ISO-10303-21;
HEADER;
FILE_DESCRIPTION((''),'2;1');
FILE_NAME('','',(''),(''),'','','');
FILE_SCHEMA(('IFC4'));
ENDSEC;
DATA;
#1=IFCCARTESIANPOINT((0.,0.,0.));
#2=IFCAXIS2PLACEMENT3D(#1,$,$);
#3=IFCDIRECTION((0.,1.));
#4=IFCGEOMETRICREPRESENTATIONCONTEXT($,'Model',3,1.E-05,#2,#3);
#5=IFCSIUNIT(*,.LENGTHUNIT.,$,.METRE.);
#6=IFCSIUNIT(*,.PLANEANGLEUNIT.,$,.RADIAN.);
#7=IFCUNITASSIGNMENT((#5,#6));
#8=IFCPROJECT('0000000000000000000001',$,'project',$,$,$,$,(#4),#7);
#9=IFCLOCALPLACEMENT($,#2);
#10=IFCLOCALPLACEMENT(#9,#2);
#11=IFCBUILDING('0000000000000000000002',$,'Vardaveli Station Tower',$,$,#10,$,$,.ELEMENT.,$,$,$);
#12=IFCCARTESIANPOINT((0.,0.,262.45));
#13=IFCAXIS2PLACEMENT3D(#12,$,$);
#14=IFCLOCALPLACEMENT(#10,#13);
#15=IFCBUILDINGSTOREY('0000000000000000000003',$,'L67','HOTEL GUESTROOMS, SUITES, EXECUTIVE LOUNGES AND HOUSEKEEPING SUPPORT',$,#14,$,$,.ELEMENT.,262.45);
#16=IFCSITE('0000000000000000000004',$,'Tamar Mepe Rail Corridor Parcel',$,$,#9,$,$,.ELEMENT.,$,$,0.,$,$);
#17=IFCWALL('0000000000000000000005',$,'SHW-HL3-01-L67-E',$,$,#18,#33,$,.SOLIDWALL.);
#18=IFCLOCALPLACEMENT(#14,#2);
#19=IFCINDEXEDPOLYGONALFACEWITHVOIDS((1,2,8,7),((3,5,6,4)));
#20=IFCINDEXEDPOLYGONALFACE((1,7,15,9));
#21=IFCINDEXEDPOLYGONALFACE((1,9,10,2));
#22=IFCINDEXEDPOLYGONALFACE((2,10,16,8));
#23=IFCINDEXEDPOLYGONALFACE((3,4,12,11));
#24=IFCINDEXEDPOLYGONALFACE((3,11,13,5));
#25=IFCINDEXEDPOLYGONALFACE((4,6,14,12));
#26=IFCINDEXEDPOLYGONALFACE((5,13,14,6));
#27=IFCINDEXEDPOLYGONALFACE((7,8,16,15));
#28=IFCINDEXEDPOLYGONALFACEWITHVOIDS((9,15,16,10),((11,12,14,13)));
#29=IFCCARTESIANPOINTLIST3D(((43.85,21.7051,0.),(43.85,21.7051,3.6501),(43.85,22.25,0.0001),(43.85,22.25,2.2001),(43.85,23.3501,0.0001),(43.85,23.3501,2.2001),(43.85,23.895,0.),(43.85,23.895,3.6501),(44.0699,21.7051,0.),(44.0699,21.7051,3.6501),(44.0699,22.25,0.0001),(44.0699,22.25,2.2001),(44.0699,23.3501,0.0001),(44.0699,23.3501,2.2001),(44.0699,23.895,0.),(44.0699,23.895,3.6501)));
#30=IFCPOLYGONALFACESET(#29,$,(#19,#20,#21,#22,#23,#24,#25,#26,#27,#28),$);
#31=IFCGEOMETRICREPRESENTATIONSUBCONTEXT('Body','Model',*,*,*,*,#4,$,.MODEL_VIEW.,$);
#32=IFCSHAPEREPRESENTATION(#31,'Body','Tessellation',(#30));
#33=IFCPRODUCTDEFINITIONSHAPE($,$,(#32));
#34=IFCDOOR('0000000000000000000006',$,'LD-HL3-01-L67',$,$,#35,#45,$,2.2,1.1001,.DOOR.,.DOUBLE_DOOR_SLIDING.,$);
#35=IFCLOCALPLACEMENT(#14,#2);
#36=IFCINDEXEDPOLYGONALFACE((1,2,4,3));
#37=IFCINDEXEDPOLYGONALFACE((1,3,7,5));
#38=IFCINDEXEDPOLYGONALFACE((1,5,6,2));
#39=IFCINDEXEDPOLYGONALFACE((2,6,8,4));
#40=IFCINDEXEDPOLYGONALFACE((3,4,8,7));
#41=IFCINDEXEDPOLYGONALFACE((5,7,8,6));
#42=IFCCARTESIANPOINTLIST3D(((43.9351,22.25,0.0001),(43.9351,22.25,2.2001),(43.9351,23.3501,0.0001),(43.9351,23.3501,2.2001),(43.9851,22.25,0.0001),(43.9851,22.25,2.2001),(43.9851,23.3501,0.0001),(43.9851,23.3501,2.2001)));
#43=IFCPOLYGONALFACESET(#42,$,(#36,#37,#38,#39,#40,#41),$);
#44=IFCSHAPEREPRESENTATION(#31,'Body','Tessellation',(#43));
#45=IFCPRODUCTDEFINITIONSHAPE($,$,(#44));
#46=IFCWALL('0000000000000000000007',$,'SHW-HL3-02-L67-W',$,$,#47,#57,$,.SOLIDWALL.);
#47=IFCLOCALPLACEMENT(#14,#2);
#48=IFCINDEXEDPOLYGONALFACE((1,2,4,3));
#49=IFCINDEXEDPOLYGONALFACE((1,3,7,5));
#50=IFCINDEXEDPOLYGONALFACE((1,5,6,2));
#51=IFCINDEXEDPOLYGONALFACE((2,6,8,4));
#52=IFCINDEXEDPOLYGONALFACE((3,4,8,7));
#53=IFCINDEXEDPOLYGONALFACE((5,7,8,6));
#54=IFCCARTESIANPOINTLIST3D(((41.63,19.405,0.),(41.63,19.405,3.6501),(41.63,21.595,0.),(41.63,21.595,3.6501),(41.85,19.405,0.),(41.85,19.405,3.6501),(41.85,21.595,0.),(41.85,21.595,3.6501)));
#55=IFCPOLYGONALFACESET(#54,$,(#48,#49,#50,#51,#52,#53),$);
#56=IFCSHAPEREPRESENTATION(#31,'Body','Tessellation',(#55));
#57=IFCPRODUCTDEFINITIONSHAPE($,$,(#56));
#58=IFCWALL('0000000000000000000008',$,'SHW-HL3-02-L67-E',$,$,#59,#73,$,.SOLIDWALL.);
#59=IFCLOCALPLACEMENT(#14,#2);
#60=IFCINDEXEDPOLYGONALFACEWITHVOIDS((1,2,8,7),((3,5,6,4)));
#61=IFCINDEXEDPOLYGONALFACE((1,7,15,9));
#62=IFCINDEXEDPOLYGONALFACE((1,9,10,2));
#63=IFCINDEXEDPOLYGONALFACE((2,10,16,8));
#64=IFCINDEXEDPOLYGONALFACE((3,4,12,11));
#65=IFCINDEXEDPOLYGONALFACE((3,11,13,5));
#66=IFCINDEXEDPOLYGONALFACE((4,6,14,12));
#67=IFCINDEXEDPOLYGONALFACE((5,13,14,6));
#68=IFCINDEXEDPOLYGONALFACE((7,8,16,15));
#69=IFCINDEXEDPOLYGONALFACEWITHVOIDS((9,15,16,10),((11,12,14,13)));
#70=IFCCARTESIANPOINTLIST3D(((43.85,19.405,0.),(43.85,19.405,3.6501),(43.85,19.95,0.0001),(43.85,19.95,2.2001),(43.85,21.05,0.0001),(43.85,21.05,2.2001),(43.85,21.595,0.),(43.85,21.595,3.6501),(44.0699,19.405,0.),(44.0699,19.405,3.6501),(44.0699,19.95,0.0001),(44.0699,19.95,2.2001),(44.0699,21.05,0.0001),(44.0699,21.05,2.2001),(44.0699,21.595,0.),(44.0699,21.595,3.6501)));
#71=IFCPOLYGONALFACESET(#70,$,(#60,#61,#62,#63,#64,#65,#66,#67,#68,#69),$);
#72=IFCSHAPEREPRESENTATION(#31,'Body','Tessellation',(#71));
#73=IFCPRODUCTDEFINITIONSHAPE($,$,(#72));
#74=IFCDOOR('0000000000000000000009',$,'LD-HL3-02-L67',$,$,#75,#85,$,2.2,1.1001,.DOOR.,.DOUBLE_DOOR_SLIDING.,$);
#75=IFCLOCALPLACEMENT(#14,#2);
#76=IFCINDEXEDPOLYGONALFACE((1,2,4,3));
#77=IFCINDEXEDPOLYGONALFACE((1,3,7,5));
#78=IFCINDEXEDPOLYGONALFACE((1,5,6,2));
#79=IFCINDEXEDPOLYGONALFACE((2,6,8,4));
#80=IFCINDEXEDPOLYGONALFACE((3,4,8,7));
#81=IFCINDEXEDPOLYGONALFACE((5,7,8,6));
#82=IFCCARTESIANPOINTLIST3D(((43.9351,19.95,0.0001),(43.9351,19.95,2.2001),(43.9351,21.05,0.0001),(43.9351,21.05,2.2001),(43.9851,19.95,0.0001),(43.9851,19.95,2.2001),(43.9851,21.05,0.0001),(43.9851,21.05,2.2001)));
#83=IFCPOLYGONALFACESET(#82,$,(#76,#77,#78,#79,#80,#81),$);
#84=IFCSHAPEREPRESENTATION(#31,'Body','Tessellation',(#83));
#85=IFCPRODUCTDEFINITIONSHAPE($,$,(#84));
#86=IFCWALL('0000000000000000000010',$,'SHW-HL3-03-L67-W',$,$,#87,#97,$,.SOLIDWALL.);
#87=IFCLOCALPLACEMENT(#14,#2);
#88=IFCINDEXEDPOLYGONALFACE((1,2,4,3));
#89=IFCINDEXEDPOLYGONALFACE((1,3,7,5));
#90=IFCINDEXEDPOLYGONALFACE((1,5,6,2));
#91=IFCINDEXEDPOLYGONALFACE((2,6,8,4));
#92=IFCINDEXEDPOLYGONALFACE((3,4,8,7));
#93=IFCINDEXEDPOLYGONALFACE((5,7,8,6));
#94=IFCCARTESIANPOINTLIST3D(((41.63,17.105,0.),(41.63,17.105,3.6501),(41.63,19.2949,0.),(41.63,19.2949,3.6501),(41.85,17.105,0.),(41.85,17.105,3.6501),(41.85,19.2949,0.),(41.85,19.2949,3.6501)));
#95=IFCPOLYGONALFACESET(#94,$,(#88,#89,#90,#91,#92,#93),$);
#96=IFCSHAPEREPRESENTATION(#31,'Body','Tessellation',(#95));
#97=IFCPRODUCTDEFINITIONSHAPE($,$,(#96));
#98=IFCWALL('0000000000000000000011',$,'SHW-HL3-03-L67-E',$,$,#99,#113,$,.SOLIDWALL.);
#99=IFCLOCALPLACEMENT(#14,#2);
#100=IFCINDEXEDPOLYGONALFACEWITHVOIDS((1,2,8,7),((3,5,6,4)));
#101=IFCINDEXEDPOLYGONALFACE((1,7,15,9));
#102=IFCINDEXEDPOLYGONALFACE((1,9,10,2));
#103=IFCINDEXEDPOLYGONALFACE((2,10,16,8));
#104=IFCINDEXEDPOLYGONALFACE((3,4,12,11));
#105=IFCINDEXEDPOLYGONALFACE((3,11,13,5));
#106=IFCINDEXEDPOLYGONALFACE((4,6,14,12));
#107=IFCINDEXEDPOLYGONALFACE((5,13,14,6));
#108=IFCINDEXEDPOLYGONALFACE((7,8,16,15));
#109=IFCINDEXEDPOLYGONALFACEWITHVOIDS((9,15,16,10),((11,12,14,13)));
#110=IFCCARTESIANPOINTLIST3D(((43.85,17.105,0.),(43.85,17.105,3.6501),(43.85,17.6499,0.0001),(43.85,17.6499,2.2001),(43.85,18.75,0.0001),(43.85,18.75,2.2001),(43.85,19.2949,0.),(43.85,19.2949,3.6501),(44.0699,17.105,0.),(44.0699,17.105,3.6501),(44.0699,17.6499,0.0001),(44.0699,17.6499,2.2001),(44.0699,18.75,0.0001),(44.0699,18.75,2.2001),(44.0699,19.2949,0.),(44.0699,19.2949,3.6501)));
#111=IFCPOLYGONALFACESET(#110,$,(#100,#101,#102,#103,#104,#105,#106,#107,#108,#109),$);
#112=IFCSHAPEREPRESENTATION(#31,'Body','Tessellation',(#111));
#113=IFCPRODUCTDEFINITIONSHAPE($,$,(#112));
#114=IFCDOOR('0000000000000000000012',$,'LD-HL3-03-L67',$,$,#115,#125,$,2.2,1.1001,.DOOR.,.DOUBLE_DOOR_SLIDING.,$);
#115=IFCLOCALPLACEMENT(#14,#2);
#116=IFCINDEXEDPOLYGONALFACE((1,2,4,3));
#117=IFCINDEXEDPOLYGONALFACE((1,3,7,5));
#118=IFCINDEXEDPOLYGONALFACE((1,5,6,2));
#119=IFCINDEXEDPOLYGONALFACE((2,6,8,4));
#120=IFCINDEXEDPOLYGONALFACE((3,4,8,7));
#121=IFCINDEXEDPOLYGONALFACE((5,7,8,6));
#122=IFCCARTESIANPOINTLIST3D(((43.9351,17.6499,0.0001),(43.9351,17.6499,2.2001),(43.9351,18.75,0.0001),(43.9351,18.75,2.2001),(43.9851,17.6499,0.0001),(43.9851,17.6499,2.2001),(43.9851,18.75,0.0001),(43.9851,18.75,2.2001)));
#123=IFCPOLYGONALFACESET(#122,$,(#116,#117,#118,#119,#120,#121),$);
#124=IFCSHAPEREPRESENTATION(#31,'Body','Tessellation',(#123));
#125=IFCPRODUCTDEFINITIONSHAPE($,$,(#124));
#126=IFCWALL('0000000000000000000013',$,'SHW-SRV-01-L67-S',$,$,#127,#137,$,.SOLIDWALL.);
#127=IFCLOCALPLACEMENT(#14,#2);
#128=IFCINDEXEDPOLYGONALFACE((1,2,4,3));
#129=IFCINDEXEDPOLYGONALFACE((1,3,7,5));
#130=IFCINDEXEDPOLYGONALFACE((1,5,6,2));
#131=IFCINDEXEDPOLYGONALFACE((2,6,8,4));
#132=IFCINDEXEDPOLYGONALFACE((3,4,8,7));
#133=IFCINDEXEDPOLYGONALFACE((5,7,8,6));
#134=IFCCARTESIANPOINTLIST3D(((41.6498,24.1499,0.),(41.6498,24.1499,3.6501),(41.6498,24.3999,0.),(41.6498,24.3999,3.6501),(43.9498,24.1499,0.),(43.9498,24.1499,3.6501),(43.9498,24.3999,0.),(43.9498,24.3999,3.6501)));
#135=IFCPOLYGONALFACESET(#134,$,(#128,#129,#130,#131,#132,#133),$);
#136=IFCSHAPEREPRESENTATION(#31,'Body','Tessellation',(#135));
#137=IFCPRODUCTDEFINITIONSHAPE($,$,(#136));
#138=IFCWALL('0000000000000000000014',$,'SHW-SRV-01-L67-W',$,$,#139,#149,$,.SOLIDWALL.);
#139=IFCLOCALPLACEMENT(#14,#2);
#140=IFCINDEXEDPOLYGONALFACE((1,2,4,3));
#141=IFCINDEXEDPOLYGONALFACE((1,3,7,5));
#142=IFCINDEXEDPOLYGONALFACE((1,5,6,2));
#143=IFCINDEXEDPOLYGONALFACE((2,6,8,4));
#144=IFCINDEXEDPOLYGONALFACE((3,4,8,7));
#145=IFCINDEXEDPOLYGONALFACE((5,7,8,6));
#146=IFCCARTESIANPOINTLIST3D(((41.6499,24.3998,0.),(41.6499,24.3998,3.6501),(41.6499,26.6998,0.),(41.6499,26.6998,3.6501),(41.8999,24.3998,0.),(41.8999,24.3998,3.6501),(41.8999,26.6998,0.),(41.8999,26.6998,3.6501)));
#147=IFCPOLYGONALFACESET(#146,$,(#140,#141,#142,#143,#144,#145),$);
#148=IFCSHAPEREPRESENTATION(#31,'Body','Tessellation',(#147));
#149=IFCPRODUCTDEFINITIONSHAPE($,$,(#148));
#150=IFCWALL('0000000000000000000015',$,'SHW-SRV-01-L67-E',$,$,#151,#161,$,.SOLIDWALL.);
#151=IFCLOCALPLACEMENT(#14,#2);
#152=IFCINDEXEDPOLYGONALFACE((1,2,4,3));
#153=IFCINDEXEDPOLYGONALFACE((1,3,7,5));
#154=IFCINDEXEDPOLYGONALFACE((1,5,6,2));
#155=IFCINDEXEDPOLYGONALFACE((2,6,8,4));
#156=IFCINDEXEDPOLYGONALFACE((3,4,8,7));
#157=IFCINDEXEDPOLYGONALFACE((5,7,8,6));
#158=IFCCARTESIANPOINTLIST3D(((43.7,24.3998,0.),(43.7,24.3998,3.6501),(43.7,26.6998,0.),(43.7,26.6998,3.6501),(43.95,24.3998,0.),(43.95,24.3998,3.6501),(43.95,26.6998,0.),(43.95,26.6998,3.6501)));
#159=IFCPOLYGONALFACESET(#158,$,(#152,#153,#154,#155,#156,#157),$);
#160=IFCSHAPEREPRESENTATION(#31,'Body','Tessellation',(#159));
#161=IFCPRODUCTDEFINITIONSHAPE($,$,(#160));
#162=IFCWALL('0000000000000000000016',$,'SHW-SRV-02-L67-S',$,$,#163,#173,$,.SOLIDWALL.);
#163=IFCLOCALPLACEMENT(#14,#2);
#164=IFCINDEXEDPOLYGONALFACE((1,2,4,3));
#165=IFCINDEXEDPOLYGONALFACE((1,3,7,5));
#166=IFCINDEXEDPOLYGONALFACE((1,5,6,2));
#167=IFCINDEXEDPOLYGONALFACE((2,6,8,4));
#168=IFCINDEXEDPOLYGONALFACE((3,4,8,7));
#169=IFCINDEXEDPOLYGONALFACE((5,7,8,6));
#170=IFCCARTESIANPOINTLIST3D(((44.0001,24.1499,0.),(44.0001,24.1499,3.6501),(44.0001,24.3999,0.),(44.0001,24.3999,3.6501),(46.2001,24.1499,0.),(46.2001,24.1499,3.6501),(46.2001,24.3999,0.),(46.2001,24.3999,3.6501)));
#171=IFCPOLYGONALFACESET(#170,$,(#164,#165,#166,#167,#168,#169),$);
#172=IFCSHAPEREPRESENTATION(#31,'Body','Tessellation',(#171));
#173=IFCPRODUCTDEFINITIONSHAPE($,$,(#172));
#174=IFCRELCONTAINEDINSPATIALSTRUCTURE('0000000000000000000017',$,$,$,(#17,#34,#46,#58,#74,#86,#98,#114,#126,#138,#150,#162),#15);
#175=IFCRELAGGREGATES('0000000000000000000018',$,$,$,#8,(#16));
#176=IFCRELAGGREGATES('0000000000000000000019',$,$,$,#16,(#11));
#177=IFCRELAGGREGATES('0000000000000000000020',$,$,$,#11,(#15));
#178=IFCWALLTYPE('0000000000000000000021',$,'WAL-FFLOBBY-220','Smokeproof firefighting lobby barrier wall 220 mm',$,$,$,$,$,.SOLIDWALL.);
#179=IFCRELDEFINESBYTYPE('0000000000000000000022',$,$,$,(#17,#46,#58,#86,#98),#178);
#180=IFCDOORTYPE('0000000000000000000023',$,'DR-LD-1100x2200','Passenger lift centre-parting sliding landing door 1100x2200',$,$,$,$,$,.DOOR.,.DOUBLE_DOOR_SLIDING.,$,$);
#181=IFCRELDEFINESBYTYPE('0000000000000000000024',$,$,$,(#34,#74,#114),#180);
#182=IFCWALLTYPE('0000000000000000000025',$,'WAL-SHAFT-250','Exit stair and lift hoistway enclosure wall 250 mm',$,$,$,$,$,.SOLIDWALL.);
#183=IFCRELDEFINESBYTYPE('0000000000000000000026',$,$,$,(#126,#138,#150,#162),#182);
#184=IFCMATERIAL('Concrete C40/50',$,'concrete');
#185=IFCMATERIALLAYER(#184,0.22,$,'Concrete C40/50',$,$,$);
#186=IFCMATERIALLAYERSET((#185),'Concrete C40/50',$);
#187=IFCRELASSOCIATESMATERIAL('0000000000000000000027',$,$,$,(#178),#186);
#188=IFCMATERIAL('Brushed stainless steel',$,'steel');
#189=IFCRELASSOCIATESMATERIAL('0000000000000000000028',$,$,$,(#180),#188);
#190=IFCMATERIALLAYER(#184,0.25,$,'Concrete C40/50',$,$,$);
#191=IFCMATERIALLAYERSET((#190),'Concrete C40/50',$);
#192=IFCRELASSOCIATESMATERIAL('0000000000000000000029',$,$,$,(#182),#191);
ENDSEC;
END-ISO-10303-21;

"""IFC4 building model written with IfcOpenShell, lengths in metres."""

from ifc_helpers import new_model, si_unit, direction, frame, frame_2d, origin, place, context, subcontext, project, spatial, rectangle, extrude, source, transform, mapped, material, layer, layer_set, type_object, element, fill, save


model = new_model("IFC4")

# Units and contexts
model_context = context("Model", 3, precision=1e-05, world=origin(), true_north=direction((0.0, 1.0)))
body_context = subcontext(model_context, "Body", "Model", "MODEL_VIEW")
ifc_project = project(units=[si_unit("LENGTHUNIT", "METRE"), si_unit("PLANEANGLEUNIT", "RADIAN")], contexts=[model_context])

# Site, building, storey
site_placement = place(None, origin())
site = spatial("IfcSite", under=ifc_project, at=site_placement, Name="Tamar Mepe Rail Corridor Parcel", CompositionType="ELEMENT", RefElevation=0.0)
building_placement = place(site_placement, origin())
building = spatial("IfcBuilding", under=site, at=building_placement, Name="Vardaveli Station Tower", CompositionType="ELEMENT")
storey_placement = place(building_placement, frame((0.0, 0.0, 262.45)))
storey = spatial("IfcBuildingStorey", under=building, at=storey_placement, Name="L67", Description="HOTEL GUESTROOMS, SUITES, EXECUTIVE LOUNGES AND HOUSEKEEPING SUPPORT", CompositionType="ELEMENT", Elevation=262.45)

# Shared definitions
ifc_material_1 = material(Name="Concrete C40/50", Category="concrete")
ifc_layer_1 = layer(ifc_material_1, 0.22, Name="Concrete C40/50")
ifc_layer_set_1 = layer_set([ifc_layer_1], Name="Concrete C40/50")
wall_type_1 = type_object("IfcWallType", Name="WAL-FFLOBBY-220", Description="Smokeproof firefighting lobby barrier wall 220 mm", PredefinedType="SOLIDWALL", material=ifc_layer_set_1)
shared_shape_1 = source(origin(), body_context, "Body", "SweptSolid", [
    extrude(rectangle(XDim=2.1899, YDim=0.22, at=frame_2d((1.095, 0.0))), origin(), (0.0, 0.0, 1.0), 3.6501),
])

# Wall, opening, door
wall_1_placement = place(storey_placement, frame((43.96, 21.7051, 0.0), z_axis=(0.0, 0.0, 1.0), x_axis=(0.0, 1.0, 0.0)))
wall_1 = element("IfcWall", 1, at=wall_1_placement, inside=storey, type_object=wall_type_1, Name="SHW-HL3-01-L67-E", PredefinedType="SOLIDWALL", context=body_context, shape_type="MappedRepresentation", body=[
    mapped(shared_shape_1, transform((0.0, 0.0, 0.0), scale=1.0)),
])
shared_shape_2 = source(origin(), body_context, "Body", "SweptSolid", [
    extrude(rectangle(XDim=1.1001, YDim=2.2, at=frame_2d((0.55, 1.1001))), frame((0.0, 0.1201, 0.0), z_axis=(0.0, -1.0, 0.0), x_axis=(1.0, 0.0, 0.0)), (0.0, 0.0, 1.0), 0.24),
])
opening_1_placement = place(wall_1_placement, frame((0.5449, 0.0, 0.0)))
opening_1 = element("IfcOpeningElement", 2, at=opening_1_placement, cuts=wall_1, PredefinedType="OPENING", context=body_context, shape_type="MappedRepresentation", body=[
    mapped(shared_shape_2, transform((0.0, 0.0, 0.0), scale=1.0)),
])
ifc_material_2 = material(Name="Brushed stainless steel", Category="steel")
door_type = type_object("IfcDoorType", Name="DR-LD-1100x2200", Description="Passenger lift centre-parting sliding landing door 1100x2200", OperationType="DOUBLE_DOOR_SLIDING", PredefinedType="DOOR", material=ifc_material_2)
shared_shape_3 = source(origin(), body_context, "Body", "SweptSolid", [
    extrude(rectangle(XDim=1.1001, YDim=2.2, at=frame_2d((0.55, 1.1001))), frame((0.0, 0.0249, 0.0), z_axis=(0.0, -1.0, 0.0), x_axis=(1.0, 0.0, 0.0)), (0.0, 0.0, 1.0), 0.05),
])
door_1_placement = place(opening_1_placement, origin())
door_1 = element("IfcDoor", 3, at=door_1_placement, inside=storey, type_object=door_type, Name="LD-HL3-01-L67", OperationType="DOUBLE_DOOR_SLIDING", OverallHeight=2.2, OverallWidth=1.1001, PredefinedType="DOOR", context=body_context, shape_type="MappedRepresentation", body=[
    mapped(shared_shape_3, transform((0.0, 0.0, 0.0), scale=1.0)),
])
fill(opening_1, door_1)

# Wall
wall_2_placement = place(storey_placement, frame((41.74, 19.405, 0.0), z_axis=(0.0, 0.0, 1.0), x_axis=(0.0, 1.0, 0.0)))
element("IfcWall", 4, at=wall_2_placement, inside=storey, type_object=wall_type_1, Name="SHW-HL3-02-L67-W", PredefinedType="SOLIDWALL", context=body_context, shape_type="MappedRepresentation", body=[
    mapped(shared_shape_1, transform((0.0, 0.0, 0.0), scale=1.0)),
])

# Wall, opening, door
wall_3_placement = place(storey_placement, frame((43.96, 19.405, 0.0), z_axis=(0.0, 0.0, 1.0), x_axis=(0.0, 1.0, 0.0)))
wall_3 = element("IfcWall", 5, at=wall_3_placement, inside=storey, type_object=wall_type_1, Name="SHW-HL3-02-L67-E", PredefinedType="SOLIDWALL", context=body_context, shape_type="MappedRepresentation", body=[
    mapped(shared_shape_1, transform((0.0, 0.0, 0.0), scale=1.0)),
])
opening_2_placement = place(wall_3_placement, frame((0.5449, 0.0, 0.0)))
opening_2 = element("IfcOpeningElement", 6, at=opening_2_placement, cuts=wall_3, PredefinedType="OPENING", context=body_context, shape_type="MappedRepresentation", body=[
    mapped(shared_shape_2, transform((0.0, 0.0, 0.0), scale=1.0)),
])
door_2_placement = place(opening_2_placement, origin())
door_2 = element("IfcDoor", 7, at=door_2_placement, inside=storey, type_object=door_type, Name="LD-HL3-02-L67", OperationType="DOUBLE_DOOR_SLIDING", OverallHeight=2.2, OverallWidth=1.1001, PredefinedType="DOOR", context=body_context, shape_type="MappedRepresentation", body=[
    mapped(shared_shape_3, transform((0.0, 0.0, 0.0), scale=1.0)),
])
fill(opening_2, door_2)

# Wall
wall_4_placement = place(storey_placement, frame((41.74, 17.105, 0.0), z_axis=(0.0, 0.0, 1.0), x_axis=(0.0, 1.0, 0.0)))
element("IfcWall", 8, at=wall_4_placement, inside=storey, type_object=wall_type_1, Name="SHW-HL3-03-L67-W", PredefinedType="SOLIDWALL", context=body_context, shape_type="MappedRepresentation", body=[
    mapped(shared_shape_1, transform((0.0, 0.0, 0.0), scale=1.0)),
])

# Wall, opening, door
wall_5_placement = place(storey_placement, frame((43.96, 17.105, 0.0), z_axis=(0.0, 0.0, 1.0), x_axis=(0.0, 1.0, 0.0)))
wall_5 = element("IfcWall", 9, at=wall_5_placement, inside=storey, type_object=wall_type_1, Name="SHW-HL3-03-L67-E", PredefinedType="SOLIDWALL", context=body_context, shape_type="MappedRepresentation", body=[
    mapped(shared_shape_1, transform((0.0, 0.0, 0.0), scale=1.0)),
])
opening_3_placement = place(wall_5_placement, frame((0.5449, 0.0, 0.0)))
opening_3 = element("IfcOpeningElement", 10, at=opening_3_placement, cuts=wall_5, PredefinedType="OPENING", context=body_context, shape_type="MappedRepresentation", body=[
    mapped(shared_shape_2, transform((0.0, 0.0, 0.0), scale=1.0)),
])
door_3_placement = place(opening_3_placement, origin())
door_3 = element("IfcDoor", 11, at=door_3_placement, inside=storey, type_object=door_type, Name="LD-HL3-03-L67", OperationType="DOUBLE_DOOR_SLIDING", OverallHeight=2.2, OverallWidth=1.1001, PredefinedType="DOOR", context=body_context, shape_type="MappedRepresentation", body=[
    mapped(shared_shape_3, transform((0.0, 0.0, 0.0), scale=1.0)),
])
fill(opening_3, door_3)

# Walls
ifc_layer_2 = layer(ifc_material_1, 0.25, Name="Concrete C40/50")
ifc_layer_set_2 = layer_set([ifc_layer_2], Name="Concrete C40/50")
wall_type_2 = type_object("IfcWallType", Name="WAL-SHAFT-250", Description="Exit stair and lift hoistway enclosure wall 250 mm", PredefinedType="SOLIDWALL", material=ifc_layer_set_2)
shared_shape_4 = source(origin(), body_context, "Body", "SweptSolid", [
    extrude(rectangle(XDim=2.3, YDim=0.25, at=frame_2d((1.1499, 0.0))), origin(), (0.0, 0.0, 1.0), 3.6501),
])
for number, where, z_axis, x_axis, name in (
    (12, (41.6499, 24.2749, 0.0), (0.0, 0.0, 1.0), (1.0, 0.0, 0.0), "SHW-SRV-01-L67-S"),
    (13, (41.7749, 24.3999, 0.0), (0.0, 0.0, 1.0), (0.0, 1.0, 0.0), "SHW-SRV-01-L67-W"),
    (14, (43.825, 24.3999, 0.0), (0.0, 0.0, 1.0), (0.0, 1.0, 0.0), "SHW-SRV-01-L67-E"),
):
    element("IfcWall", number, at=place(storey_placement, frame(where, z_axis=z_axis, x_axis=x_axis)), inside=storey, type_object=wall_type_2, Name=name, PredefinedType="SOLIDWALL", context=body_context, shape_type="MappedRepresentation", body=[
        mapped(shared_shape_4, transform((0.0, 0.0, 0.0), scale=1.0)),
    ])
shared_shape_5 = source(origin(), body_context, "Body", "SweptSolid", [
    extrude(rectangle(XDim=2.2, YDim=0.25, at=frame_2d((1.1001, 0.0))), origin(), (0.0, 0.0, 1.0), 3.6501),
])
wall_6_placement = place(storey_placement, frame((44.0, 24.2749, 0.0), z_axis=(0.0, 0.0, 1.0), x_axis=(1.0, 0.0, 0.0)))
element("IfcWall", 15, at=wall_6_placement, inside=storey, type_object=wall_type_2, Name="SHW-SRV-02-L67-S", PredefinedType="SOLIDWALL", context=body_context, shape_type="MappedRepresentation", body=[
    mapped(shared_shape_5, transform((0.0, 0.0, 0.0), scale=1.0)),
])

save(model, "model.ifc")
